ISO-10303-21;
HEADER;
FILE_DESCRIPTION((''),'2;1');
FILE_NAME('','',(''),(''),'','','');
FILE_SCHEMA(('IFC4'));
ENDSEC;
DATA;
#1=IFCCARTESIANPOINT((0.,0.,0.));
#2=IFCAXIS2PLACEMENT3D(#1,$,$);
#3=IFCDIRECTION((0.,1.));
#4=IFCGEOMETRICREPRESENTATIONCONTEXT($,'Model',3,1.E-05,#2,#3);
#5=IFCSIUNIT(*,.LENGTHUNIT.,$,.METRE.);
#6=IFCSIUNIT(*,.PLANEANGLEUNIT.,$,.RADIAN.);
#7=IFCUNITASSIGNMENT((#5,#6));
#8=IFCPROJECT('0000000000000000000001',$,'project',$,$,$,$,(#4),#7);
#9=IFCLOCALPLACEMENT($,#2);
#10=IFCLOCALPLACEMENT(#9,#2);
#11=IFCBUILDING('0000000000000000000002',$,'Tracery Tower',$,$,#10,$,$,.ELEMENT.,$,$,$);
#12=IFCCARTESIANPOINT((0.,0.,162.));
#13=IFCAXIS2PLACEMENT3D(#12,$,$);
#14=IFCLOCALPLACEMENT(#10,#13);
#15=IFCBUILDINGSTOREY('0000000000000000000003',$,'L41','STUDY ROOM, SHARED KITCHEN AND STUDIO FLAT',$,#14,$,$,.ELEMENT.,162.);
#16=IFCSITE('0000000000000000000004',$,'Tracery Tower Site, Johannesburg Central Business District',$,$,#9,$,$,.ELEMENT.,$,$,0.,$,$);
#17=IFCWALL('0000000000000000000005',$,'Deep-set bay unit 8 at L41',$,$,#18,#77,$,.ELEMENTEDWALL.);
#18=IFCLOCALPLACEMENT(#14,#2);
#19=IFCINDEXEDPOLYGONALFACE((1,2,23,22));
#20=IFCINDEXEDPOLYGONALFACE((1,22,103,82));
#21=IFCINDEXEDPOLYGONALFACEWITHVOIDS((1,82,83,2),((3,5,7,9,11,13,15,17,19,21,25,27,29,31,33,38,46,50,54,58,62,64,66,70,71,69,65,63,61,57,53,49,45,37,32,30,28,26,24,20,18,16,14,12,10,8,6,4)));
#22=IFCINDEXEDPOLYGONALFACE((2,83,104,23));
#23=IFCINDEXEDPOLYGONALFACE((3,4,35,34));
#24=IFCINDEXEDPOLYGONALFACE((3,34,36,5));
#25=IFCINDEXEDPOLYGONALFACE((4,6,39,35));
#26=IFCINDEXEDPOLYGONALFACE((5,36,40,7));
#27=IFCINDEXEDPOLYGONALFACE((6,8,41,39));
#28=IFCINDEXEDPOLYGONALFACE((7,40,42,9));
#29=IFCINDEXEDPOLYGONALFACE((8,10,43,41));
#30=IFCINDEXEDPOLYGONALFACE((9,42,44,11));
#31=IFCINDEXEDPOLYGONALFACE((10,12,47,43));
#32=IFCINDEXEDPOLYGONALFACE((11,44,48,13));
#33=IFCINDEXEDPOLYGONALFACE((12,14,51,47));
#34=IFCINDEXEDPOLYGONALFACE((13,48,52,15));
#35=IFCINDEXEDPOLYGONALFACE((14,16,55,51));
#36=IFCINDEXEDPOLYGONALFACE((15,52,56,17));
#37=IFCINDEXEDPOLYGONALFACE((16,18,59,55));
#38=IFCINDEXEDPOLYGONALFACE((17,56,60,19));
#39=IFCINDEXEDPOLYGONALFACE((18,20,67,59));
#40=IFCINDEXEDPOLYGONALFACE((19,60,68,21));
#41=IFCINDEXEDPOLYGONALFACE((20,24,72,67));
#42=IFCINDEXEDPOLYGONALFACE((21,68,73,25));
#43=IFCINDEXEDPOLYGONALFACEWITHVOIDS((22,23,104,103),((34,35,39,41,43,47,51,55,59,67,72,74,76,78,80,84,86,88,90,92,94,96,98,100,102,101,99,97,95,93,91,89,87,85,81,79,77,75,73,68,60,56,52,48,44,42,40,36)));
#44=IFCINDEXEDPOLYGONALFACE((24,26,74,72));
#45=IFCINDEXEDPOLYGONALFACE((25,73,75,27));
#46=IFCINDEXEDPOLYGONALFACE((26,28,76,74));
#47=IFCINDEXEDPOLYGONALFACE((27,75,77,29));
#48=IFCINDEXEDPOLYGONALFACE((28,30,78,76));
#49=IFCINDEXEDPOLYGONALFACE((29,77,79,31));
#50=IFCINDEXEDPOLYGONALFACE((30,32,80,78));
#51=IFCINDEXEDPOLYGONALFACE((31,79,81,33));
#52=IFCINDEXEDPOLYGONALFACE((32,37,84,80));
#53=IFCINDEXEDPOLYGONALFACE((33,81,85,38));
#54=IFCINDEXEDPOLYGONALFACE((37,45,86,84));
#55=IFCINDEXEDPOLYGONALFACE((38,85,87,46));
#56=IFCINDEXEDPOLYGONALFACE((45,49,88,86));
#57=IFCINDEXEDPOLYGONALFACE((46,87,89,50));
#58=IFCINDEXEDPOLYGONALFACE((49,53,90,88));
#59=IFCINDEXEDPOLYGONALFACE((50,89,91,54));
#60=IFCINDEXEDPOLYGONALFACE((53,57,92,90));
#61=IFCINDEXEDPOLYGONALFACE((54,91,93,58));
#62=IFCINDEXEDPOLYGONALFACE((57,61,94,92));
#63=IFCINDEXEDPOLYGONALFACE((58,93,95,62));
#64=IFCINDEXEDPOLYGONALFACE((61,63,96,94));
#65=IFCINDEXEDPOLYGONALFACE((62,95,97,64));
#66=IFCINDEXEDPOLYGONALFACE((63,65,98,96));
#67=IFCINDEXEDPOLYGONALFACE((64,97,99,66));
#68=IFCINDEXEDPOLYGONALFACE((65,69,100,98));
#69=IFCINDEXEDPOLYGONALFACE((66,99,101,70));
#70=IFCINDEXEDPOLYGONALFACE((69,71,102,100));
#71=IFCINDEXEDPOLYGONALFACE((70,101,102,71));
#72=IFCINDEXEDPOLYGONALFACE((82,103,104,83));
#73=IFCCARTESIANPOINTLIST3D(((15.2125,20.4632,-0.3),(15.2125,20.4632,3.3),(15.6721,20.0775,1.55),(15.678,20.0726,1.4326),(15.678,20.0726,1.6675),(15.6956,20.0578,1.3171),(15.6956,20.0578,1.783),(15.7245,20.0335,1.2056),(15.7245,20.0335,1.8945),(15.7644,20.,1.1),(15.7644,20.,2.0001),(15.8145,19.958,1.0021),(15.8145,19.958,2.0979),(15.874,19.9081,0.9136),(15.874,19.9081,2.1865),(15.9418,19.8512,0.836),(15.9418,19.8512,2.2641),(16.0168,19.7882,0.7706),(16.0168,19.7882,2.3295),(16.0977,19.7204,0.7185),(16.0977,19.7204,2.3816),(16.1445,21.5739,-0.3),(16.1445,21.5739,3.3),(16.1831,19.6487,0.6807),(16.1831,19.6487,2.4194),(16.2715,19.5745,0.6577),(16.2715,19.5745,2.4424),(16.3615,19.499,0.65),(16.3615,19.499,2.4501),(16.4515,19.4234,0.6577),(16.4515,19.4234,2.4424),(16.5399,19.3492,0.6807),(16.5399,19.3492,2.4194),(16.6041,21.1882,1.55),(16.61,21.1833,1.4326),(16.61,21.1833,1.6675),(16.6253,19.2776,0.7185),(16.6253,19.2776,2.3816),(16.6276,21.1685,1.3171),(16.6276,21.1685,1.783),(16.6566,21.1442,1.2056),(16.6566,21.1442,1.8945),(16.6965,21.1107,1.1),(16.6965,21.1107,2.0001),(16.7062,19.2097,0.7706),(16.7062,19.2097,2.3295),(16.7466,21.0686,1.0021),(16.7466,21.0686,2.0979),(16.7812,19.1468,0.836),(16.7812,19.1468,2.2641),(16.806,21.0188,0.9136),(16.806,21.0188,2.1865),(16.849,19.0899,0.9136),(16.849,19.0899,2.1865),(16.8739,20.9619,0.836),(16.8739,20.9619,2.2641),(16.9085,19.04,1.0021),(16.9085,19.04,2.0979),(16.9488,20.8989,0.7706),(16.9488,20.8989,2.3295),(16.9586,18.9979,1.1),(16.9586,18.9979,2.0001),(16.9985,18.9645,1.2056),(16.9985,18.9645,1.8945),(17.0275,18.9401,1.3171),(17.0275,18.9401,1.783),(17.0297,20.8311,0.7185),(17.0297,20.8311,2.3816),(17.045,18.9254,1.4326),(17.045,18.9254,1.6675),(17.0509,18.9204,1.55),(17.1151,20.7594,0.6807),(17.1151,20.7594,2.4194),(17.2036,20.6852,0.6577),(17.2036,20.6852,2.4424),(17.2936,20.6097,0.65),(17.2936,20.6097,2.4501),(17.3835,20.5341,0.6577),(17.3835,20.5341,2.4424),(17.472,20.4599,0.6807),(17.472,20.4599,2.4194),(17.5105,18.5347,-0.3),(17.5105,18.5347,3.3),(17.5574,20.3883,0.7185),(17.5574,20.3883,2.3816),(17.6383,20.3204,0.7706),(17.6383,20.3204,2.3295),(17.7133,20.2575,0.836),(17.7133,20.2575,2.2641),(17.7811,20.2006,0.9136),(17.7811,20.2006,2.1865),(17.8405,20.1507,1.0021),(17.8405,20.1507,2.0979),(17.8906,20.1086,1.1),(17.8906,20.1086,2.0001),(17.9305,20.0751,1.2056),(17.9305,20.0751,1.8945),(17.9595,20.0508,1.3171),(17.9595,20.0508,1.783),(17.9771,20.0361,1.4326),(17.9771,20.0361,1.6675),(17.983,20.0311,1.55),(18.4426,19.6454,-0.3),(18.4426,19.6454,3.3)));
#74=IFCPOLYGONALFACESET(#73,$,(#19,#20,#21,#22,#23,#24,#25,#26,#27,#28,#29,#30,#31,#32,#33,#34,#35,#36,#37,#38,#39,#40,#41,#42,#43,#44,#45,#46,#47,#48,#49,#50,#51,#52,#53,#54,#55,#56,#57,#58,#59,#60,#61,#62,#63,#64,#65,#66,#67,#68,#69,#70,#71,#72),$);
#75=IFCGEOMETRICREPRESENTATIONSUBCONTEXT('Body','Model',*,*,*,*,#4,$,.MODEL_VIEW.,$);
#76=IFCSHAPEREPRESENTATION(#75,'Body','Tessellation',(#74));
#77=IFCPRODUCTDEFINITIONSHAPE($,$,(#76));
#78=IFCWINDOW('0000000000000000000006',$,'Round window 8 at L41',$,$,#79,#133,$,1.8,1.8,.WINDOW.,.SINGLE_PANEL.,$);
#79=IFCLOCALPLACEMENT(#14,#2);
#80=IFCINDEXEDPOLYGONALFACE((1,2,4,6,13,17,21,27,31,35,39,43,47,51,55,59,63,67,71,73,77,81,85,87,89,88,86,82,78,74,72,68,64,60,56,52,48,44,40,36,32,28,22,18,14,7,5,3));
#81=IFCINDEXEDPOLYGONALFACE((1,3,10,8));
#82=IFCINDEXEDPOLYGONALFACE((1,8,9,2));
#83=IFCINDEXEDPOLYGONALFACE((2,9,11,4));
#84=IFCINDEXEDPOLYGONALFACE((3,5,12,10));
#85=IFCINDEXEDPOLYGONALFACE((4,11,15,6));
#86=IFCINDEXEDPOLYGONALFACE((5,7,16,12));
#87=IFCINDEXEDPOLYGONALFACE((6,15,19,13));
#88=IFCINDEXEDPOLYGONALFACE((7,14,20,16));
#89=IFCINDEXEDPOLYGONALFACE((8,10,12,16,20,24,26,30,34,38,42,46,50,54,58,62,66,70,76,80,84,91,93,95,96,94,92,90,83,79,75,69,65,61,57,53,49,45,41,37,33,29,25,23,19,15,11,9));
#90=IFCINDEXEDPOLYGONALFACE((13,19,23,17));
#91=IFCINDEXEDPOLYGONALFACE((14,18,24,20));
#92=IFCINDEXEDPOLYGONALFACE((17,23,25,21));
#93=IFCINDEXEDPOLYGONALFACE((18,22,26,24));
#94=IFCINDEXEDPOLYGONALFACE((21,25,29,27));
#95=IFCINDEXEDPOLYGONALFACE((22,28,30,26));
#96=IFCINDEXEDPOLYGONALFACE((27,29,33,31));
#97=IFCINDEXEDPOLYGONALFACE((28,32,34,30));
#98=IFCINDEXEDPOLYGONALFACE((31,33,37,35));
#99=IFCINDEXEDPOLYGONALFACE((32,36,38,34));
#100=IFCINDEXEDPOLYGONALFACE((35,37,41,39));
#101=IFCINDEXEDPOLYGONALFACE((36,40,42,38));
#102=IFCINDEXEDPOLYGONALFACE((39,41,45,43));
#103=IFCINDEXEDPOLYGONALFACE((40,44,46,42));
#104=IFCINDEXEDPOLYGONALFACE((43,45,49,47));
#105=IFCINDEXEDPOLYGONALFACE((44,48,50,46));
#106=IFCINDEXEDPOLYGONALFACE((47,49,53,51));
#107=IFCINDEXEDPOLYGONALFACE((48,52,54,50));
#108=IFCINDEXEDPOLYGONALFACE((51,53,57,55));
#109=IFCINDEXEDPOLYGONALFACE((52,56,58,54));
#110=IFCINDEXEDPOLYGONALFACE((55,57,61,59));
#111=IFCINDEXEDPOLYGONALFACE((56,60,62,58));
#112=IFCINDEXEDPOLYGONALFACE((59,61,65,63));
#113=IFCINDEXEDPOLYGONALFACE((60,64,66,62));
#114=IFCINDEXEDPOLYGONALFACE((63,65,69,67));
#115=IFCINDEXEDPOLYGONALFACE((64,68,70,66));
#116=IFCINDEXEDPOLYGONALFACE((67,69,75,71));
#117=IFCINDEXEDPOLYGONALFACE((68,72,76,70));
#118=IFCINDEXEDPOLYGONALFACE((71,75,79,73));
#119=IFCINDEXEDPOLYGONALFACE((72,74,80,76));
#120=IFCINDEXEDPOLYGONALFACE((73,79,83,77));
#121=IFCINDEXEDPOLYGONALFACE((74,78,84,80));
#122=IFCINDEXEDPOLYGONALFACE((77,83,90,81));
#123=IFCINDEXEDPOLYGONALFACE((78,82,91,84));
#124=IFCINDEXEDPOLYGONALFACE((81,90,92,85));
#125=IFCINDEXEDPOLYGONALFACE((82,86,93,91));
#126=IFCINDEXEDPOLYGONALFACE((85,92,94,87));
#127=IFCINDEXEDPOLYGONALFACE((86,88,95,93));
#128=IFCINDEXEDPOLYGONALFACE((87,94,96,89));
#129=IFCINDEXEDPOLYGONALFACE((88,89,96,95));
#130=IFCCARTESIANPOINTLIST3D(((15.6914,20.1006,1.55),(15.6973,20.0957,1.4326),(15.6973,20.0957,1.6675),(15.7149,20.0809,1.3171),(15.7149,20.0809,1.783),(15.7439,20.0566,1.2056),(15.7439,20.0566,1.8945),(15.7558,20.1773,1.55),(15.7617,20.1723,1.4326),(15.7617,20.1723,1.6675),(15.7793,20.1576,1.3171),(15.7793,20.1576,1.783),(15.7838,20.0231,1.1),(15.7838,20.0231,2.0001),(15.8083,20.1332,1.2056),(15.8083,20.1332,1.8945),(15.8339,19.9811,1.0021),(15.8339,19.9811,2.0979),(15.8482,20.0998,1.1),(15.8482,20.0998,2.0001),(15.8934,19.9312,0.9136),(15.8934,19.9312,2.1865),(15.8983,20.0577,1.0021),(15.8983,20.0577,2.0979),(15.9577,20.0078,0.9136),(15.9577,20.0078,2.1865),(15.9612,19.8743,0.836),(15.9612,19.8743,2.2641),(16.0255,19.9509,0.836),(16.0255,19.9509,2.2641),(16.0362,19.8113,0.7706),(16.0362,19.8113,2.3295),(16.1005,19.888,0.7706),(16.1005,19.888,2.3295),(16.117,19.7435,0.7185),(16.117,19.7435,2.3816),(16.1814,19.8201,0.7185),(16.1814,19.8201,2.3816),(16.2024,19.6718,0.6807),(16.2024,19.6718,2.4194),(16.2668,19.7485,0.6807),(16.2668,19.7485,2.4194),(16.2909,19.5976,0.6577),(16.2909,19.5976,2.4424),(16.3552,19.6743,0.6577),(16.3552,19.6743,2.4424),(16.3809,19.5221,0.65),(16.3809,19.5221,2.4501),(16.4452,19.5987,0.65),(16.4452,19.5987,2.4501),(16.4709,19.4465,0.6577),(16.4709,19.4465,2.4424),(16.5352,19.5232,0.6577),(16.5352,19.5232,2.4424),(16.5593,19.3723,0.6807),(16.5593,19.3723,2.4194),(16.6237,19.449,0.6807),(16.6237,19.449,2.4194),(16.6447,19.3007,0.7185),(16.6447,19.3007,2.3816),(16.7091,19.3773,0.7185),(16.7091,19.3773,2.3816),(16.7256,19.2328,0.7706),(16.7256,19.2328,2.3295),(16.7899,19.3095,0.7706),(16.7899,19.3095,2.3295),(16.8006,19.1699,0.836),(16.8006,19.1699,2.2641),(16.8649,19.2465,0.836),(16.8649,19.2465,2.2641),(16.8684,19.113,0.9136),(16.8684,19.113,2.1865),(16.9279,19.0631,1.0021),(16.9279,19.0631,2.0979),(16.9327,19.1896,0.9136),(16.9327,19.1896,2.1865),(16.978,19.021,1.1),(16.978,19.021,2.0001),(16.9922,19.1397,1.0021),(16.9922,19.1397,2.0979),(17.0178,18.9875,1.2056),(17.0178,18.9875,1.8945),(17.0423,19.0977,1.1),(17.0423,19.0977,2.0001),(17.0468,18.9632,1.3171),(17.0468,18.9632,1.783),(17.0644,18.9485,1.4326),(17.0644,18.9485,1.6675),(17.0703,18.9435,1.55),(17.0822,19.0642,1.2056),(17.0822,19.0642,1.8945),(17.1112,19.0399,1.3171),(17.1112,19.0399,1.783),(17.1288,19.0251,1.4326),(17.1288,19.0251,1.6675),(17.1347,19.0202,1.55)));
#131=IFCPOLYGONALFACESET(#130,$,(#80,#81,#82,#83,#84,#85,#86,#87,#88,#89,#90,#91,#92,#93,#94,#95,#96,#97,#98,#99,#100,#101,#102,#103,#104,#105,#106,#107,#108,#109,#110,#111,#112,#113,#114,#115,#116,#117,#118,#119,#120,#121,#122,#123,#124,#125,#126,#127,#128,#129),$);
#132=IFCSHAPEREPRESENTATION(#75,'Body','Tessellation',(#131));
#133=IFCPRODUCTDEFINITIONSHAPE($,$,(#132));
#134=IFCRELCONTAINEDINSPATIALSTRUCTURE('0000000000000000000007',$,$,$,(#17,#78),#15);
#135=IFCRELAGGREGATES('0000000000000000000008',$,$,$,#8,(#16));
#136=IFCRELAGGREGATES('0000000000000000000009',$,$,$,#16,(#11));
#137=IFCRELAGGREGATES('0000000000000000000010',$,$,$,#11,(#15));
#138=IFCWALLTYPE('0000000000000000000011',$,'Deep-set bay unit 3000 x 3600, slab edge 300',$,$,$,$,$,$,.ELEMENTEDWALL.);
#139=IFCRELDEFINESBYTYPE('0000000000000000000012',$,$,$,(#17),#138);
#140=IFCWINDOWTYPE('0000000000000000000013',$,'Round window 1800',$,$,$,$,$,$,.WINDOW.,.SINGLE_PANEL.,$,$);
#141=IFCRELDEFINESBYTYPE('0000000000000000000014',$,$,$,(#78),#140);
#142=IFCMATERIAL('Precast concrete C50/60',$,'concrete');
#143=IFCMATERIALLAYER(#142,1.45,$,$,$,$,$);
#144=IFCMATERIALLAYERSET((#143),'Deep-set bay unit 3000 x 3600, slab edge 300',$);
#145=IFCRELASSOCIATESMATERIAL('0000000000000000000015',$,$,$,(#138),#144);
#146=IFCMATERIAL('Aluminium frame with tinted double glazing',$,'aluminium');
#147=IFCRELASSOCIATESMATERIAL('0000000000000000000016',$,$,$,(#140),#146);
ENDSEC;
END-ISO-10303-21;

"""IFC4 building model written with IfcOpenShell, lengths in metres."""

from ifc_helpers import new_model, si_unit, direction, frame, frame_2d, origin, origin_2d, place, context, subcontext, project, spatial, rectangle, circle, extrude, material, layer, layer_set, type_object, element, fill, save


model = new_model("IFC4")

# Units and contexts
model_context = context("Model", 3, precision=1e-05, world=origin(), true_north=direction((0.0, 1.0)))
body_context = subcontext(model_context, "Body", "Model", "MODEL_VIEW")
ifc_project = project(units=[si_unit("LENGTHUNIT", "METRE"), si_unit("PLANEANGLEUNIT", "RADIAN")], contexts=[model_context])

# Site, building, storey
site_placement = place(None, origin())
site = spatial("IfcSite", under=ifc_project, at=site_placement, Name="Tracery Tower Site, Johannesburg Central Business District", CompositionType="ELEMENT", RefElevation=0.0)
building_placement = place(site_placement, origin())
building = spatial("IfcBuilding", under=site, at=building_placement, Name="Tracery Tower", CompositionType="ELEMENT")
storey_placement = place(building_placement, frame((0.0, 0.0, 162.0)))
storey = spatial("IfcBuildingStorey", under=building, at=storey_placement, Name="L41", Description="STUDY ROOM, SHARED KITCHEN AND STUDIO FLAT", CompositionType="ELEMENT", Elevation=162.0)

# Wall, opening, window
ifc_material_1 = material(Name="Precast concrete C50/60", Category="concrete")
ifc_layer_1 = layer(ifc_material_1, 1.45)
ifc_layer_set_1 = layer_set([ifc_layer_1], Name="Deep-set bay unit 3000 x 3600, slab edge 300")
wall_type_1 = type_object("IfcWallType", Name="Deep-set bay unit 3000 x 3600, slab edge 300", PredefinedType="ELEMENTEDWALL", material=ifc_layer_set_1)
wall_1_placement = place(storey_placement, frame((17.9766, 19.0901, -0.3), z_axis=(0.0, 0.0, 1.0), x_axis=(-0.766022, 0.642814, 0.0)))
wall_1 = element("IfcWall", 1, at=wall_1_placement, inside=storey, type_object=wall_type_1, Name="Deep-set bay unit 8 at L41", PredefinedType="ELEMENTEDWALL", context=body_context, shape_type="SweptSolid", body=[
    extrude(rectangle(XDim=3.0, YDim=1.45, at=frame_2d((1.5, 0.0))), origin(), (0.0, 0.0, 1.0), 3.6001),
])
opening_1_placement = place(wall_1_placement, frame((1.5, 0.0, 1.8501)))
opening_1 = element("IfcOpeningElement", 2, at=opening_1_placement, cuts=wall_1, PredefinedType="OPENING", context=body_context, shape_type="SweptSolid", body=[
    extrude(circle(Radius=0.9, at=origin_2d()), frame((0.0, 0.7349, 0.0), z_axis=(0.0, -1.0, 0.0), x_axis=(1.0, 0.0, 0.0)), (0.0, 0.0, 1.0), 1.47),
])
ifc_material_2 = material(Name="Aluminium frame with tinted double glazing", Category="aluminium")
window_type = type_object("IfcWindowType", Name="Round window 1800", PartitioningType="SINGLE_PANEL", PredefinedType="WINDOW", material=ifc_material_2)
window_1_placement = place(opening_1_placement, origin())
window_1 = element("IfcWindow", 3, at=window_1_placement, inside=storey, type_object=window_type, Name="Round window 8 at L41", OverallHeight=1.8, OverallWidth=1.8, PartitioningType="SINGLE_PANEL", PredefinedType="WINDOW", context=body_context, shape_type="SweptSolid", body=[
    extrude(circle(Radius=0.9, at=origin_2d()), frame((0.0, 0.6948, 0.0), z_axis=(0.0, -1.0, 0.0), x_axis=(1.0, 0.0, 0.0)), (0.0, 0.0, 1.0), 0.1001),
])
fill(opening_1, window_1)

save(model, "model.ifc")
